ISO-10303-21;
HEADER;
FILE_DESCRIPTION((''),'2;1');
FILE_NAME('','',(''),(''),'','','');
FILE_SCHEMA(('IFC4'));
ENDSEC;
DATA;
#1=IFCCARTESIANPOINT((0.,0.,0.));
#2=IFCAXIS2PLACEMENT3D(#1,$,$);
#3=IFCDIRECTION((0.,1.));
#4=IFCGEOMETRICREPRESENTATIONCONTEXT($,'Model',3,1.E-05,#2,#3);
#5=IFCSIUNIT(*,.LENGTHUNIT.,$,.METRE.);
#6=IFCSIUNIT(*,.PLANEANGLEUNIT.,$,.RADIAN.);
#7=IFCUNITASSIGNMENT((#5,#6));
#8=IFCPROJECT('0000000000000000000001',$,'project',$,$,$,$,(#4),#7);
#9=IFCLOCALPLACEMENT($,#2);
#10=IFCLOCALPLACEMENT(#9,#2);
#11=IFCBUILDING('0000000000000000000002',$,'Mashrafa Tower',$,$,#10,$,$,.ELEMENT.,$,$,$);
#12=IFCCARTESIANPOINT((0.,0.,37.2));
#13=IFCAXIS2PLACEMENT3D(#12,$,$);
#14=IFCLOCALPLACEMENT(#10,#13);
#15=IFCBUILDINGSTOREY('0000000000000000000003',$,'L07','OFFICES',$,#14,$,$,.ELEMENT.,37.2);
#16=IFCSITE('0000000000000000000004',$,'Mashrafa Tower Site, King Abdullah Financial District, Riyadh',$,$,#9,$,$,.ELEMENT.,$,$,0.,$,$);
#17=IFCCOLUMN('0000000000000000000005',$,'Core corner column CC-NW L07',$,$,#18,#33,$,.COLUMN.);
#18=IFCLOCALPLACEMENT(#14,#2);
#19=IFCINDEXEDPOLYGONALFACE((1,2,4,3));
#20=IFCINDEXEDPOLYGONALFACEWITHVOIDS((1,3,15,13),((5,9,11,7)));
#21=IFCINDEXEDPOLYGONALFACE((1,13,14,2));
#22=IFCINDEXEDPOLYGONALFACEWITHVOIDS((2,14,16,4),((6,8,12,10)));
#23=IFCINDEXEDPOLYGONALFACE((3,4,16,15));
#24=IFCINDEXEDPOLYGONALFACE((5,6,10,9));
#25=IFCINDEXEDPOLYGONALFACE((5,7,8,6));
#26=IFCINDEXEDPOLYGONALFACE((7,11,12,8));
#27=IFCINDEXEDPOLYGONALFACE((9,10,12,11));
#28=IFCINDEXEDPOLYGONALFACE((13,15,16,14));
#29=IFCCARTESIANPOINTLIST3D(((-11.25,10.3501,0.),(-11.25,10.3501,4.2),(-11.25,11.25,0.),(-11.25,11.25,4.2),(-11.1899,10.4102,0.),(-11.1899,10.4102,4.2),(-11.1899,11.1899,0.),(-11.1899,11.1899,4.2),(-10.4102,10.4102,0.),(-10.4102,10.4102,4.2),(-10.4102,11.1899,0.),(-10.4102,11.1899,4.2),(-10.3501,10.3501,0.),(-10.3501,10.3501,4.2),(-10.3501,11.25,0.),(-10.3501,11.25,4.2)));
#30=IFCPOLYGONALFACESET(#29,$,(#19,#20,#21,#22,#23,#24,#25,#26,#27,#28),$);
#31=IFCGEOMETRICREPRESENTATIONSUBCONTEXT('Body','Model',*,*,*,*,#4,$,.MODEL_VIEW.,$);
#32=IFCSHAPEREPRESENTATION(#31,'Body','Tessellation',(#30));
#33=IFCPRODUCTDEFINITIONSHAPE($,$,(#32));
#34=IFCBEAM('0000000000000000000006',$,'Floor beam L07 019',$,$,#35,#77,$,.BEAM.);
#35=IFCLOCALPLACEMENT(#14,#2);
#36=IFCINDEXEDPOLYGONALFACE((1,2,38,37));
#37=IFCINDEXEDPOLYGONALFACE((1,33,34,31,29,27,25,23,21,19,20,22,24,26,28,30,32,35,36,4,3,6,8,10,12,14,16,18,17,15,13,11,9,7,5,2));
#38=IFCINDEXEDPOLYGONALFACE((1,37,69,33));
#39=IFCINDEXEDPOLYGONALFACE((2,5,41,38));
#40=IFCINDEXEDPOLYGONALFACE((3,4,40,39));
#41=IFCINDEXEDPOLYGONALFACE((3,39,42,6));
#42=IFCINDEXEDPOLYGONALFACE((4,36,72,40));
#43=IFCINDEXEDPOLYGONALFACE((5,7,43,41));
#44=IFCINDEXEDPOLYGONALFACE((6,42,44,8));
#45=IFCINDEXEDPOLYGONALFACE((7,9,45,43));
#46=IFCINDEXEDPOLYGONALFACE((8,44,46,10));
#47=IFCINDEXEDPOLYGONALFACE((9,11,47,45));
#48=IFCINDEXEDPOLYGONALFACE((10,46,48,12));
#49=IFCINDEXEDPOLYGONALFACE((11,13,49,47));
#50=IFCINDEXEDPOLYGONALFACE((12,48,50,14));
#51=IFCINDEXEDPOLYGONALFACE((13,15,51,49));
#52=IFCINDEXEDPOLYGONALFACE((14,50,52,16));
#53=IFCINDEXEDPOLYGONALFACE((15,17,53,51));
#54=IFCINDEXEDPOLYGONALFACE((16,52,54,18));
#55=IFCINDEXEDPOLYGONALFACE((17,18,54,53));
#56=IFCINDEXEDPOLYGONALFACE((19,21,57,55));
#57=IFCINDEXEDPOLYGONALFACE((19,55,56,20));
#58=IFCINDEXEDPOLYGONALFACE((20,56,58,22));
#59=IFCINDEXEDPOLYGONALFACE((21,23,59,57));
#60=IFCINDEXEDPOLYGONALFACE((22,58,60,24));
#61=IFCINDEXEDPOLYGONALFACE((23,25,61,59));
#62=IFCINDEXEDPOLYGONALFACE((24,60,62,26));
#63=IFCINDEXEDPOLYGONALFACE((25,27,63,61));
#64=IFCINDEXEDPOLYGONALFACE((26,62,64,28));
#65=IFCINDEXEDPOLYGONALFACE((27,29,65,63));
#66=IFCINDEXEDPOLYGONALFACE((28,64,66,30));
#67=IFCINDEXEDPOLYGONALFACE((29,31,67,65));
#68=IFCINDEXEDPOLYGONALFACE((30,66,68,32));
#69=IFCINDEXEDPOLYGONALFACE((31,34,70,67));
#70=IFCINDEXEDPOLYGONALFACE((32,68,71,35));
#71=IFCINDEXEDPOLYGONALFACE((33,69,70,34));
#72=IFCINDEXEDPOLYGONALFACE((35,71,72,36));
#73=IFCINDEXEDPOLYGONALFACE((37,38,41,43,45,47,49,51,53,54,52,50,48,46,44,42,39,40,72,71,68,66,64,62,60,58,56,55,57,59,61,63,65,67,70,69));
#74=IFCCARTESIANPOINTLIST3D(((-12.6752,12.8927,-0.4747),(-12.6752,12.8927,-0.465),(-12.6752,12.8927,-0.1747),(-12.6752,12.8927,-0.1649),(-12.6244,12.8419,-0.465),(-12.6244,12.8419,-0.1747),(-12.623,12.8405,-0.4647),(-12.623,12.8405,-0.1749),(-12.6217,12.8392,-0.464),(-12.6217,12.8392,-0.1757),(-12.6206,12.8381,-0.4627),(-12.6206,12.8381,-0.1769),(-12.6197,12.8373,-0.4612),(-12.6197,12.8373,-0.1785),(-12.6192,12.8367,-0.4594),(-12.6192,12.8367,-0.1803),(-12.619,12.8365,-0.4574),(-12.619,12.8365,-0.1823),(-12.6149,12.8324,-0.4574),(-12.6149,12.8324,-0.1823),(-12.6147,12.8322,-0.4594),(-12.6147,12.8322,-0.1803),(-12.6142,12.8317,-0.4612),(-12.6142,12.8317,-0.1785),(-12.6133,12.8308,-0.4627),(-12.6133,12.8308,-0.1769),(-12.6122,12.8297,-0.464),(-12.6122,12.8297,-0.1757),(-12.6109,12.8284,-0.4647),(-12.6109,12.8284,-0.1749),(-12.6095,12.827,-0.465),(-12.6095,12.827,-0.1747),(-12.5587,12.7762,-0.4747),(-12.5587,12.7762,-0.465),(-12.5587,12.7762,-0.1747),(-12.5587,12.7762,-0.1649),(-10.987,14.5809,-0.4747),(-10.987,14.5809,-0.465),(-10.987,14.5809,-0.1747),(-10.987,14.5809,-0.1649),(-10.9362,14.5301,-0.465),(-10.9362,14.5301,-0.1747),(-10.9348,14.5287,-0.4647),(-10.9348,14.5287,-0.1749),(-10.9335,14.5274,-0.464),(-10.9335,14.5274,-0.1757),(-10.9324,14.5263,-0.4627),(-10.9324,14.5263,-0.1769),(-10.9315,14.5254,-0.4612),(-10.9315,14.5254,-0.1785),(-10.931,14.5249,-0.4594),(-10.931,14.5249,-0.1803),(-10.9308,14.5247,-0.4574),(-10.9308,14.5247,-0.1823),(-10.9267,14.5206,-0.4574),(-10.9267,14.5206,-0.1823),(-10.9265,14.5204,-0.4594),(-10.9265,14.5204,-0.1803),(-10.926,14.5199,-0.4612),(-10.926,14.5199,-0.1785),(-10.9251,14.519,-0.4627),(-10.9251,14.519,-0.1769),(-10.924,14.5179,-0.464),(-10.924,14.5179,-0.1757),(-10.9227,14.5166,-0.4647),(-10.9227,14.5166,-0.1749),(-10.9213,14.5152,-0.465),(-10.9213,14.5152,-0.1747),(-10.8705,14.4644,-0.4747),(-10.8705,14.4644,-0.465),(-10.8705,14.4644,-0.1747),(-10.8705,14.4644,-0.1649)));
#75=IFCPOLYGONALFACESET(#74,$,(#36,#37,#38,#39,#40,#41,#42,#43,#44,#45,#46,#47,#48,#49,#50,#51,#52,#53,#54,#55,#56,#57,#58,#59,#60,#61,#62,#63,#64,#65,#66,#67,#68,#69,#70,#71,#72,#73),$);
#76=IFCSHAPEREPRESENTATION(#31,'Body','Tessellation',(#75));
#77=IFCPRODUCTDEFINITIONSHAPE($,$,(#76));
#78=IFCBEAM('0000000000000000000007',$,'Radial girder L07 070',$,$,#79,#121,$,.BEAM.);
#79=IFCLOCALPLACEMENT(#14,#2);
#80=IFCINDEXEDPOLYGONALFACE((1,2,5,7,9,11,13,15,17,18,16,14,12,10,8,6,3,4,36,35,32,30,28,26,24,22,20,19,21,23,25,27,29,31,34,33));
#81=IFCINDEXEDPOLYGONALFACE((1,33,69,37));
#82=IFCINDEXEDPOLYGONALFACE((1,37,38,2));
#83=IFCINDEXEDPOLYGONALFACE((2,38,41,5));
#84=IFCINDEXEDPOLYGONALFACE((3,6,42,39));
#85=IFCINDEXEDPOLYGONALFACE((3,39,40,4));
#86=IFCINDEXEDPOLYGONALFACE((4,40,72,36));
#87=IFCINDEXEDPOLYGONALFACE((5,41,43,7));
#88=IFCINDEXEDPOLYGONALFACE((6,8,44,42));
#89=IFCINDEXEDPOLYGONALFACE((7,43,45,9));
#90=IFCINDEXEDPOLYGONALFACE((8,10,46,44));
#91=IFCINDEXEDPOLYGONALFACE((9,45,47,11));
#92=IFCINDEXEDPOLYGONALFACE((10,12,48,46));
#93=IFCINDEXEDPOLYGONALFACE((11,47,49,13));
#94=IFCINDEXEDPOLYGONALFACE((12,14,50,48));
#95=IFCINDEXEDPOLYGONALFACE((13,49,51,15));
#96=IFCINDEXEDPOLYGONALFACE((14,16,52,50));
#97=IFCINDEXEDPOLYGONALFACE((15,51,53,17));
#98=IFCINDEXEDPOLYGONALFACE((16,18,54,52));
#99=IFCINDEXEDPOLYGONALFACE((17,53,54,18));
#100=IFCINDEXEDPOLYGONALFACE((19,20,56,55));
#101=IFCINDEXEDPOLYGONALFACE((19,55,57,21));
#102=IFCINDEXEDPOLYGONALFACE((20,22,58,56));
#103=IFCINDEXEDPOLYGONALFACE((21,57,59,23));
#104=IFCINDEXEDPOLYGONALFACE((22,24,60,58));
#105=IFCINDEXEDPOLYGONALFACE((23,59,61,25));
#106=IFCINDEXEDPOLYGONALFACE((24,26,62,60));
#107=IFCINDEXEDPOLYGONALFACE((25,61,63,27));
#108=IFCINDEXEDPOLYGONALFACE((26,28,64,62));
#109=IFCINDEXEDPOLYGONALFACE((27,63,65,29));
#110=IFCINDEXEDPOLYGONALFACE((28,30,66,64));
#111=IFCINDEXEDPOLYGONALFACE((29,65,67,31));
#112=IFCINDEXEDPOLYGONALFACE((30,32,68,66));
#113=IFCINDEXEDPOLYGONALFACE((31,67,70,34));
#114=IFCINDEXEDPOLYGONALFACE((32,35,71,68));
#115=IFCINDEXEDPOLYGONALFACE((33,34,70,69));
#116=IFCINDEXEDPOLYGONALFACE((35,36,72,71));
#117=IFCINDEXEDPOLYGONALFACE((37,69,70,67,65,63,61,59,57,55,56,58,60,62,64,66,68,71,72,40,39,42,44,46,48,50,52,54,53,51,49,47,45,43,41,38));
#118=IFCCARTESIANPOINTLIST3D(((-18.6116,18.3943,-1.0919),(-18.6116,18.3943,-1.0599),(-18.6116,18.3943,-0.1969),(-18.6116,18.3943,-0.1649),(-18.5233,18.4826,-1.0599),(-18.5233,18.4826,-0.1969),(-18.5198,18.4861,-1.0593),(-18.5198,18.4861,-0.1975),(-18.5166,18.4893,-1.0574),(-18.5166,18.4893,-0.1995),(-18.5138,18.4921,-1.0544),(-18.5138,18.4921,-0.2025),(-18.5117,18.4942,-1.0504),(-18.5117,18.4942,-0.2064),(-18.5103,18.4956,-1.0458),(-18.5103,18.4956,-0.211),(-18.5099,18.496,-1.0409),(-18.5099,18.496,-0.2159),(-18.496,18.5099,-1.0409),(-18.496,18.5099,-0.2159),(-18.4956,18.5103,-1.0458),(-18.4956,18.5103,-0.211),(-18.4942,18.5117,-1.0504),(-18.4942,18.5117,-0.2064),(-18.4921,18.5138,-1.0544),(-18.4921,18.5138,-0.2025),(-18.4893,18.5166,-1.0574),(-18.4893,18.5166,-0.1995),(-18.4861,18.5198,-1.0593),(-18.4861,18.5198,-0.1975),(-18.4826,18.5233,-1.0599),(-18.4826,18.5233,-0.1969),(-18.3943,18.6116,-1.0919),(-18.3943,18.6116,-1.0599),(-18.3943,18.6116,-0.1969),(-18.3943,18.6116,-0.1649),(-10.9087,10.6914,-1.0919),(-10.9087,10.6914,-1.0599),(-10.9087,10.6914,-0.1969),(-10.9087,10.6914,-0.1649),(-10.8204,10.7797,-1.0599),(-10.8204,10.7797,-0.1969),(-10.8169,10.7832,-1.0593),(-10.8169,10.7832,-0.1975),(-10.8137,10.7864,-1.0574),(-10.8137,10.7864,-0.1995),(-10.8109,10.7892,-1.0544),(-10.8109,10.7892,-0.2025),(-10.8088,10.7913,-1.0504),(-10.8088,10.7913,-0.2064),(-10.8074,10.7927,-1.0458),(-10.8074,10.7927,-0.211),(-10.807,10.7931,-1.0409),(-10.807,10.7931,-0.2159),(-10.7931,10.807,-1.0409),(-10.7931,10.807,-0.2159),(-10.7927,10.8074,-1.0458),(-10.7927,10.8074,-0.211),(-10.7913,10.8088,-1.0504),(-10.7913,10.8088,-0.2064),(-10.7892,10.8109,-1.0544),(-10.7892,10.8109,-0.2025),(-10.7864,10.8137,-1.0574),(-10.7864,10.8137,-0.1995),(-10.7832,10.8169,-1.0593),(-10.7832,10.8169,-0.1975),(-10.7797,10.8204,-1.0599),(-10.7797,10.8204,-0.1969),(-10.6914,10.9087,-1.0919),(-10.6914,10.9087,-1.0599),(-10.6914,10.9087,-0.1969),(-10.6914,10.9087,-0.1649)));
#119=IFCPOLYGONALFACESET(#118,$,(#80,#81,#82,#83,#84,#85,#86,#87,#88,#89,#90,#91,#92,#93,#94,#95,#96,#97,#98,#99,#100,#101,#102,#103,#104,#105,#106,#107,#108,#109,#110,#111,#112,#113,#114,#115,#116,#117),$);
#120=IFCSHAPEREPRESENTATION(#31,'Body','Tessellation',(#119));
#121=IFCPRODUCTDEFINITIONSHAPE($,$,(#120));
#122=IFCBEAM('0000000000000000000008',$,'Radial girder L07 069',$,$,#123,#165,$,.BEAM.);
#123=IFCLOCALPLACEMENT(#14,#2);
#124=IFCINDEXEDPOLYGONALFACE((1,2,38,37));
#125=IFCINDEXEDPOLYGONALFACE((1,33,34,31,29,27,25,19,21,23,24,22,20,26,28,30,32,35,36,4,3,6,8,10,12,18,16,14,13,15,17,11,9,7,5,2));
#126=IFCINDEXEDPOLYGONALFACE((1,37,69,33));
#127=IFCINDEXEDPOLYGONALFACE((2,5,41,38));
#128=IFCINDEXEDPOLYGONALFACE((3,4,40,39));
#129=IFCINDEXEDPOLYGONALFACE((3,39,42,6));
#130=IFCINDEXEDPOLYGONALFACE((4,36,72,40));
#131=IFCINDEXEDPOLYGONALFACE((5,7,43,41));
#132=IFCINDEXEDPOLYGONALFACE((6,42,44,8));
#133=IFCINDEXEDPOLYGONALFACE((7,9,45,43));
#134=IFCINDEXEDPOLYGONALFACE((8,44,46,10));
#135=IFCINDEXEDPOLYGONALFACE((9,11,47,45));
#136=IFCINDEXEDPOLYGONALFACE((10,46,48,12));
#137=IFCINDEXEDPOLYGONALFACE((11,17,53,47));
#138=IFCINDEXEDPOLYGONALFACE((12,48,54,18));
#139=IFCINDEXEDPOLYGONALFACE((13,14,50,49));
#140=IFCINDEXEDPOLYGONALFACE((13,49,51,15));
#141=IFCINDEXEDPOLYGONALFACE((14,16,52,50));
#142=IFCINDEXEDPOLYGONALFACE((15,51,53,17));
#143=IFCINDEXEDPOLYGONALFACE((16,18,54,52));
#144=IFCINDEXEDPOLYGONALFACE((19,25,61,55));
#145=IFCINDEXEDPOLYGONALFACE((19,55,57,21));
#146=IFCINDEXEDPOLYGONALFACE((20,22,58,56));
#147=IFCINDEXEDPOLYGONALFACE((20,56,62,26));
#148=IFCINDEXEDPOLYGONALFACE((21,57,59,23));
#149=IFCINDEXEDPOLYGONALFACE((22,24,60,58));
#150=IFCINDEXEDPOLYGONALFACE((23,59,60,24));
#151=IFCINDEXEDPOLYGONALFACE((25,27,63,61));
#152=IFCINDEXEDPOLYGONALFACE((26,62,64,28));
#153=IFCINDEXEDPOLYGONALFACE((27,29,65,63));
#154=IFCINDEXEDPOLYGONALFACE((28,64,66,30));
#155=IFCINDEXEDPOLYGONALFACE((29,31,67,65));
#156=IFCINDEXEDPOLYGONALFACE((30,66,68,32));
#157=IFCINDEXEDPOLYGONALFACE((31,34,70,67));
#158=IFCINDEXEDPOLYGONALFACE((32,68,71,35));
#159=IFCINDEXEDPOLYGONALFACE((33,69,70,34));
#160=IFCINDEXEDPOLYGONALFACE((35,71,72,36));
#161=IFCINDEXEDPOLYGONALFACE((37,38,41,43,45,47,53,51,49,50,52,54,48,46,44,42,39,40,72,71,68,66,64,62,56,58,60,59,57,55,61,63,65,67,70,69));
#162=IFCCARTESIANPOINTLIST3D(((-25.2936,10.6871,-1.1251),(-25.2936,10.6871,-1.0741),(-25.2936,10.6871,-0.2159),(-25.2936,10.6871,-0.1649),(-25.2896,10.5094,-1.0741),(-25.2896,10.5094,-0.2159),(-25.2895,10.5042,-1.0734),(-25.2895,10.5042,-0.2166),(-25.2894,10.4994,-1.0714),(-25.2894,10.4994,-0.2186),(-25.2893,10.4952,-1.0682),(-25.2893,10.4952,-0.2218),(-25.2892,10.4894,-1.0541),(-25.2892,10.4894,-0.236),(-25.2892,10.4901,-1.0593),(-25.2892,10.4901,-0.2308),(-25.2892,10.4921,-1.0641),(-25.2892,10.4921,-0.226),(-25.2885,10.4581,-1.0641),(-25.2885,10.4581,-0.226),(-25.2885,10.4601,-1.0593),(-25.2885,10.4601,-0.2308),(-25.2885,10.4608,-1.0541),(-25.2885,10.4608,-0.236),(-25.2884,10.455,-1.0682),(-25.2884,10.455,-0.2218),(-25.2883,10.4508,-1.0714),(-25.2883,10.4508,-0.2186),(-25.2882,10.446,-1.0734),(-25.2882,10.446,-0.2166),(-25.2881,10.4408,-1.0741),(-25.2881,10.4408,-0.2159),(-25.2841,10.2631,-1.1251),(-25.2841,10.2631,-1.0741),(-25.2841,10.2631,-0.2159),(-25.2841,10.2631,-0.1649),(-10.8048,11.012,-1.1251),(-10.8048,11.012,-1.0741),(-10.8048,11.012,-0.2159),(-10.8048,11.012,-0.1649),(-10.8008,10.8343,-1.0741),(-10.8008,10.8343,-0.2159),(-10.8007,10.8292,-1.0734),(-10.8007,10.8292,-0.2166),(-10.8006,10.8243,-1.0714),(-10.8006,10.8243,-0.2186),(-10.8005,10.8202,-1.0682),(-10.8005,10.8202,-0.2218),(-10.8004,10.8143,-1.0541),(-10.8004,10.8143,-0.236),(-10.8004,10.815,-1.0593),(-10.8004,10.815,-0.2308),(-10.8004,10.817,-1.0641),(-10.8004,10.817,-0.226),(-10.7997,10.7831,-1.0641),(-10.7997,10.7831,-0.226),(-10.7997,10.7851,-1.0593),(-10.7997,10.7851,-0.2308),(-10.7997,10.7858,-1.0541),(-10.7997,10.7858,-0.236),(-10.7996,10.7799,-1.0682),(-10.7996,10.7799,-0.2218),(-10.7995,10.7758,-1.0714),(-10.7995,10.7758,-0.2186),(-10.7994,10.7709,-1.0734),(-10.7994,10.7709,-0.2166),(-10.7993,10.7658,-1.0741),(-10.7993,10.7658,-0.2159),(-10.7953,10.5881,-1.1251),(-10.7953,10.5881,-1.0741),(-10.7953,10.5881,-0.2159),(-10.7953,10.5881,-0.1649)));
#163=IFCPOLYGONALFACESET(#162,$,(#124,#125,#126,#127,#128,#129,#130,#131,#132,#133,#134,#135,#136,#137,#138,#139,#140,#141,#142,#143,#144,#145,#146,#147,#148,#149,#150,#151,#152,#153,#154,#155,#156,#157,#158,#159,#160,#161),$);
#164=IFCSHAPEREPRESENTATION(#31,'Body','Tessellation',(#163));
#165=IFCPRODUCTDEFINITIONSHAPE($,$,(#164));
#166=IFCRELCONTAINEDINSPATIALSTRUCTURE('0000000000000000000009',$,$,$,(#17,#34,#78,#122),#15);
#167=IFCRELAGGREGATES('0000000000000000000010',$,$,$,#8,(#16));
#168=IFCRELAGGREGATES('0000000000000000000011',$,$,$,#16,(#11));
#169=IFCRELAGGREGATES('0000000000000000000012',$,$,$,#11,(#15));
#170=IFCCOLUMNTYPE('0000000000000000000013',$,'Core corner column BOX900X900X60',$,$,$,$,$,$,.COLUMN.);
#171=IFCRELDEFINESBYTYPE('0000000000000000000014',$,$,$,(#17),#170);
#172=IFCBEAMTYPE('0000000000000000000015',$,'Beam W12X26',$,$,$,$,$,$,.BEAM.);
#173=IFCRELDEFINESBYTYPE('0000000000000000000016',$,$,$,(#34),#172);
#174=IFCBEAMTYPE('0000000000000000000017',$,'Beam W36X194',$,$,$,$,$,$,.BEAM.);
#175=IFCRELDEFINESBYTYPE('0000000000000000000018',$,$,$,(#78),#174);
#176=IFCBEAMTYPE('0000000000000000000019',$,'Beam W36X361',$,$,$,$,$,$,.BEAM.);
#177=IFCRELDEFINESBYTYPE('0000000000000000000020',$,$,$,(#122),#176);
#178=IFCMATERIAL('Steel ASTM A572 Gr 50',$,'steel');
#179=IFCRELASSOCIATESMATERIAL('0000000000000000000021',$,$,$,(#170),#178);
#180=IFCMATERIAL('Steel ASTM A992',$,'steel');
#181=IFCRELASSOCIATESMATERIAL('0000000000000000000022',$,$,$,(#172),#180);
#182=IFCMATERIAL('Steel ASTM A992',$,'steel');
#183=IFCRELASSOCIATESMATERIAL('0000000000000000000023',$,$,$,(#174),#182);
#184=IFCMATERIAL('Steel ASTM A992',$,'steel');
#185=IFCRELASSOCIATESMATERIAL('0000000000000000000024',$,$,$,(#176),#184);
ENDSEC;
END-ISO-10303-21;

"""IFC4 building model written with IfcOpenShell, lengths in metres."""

from ifc_helpers import new_model, si_unit, direction, frame, origin, origin_2d, place, context, subcontext, project, spatial, hollow_rectangle, i_section, extrude, material, material_profile, profile_set, type_object, element, save


model = new_model("IFC4")

# Units and contexts
model_context = context("Model", 3, precision=1e-05, world=origin(), true_north=direction((0.0, 1.0)))
body_context = subcontext(model_context, "Body", "Model", "MODEL_VIEW")
ifc_project = project(units=[si_unit("LENGTHUNIT", "METRE"), si_unit("PLANEANGLEUNIT", "RADIAN")], contexts=[model_context])

# Site, building, storey
site_placement = place(None, origin())
site = spatial("IfcSite", under=ifc_project, at=site_placement, Name="Mashrafa Tower Site, King Abdullah Financial District, Riyadh", CompositionType="ELEMENT", RefElevation=0.0)
building_placement = place(site_placement, origin())
building = spatial("IfcBuilding", under=site, at=building_placement, Name="Mashrafa Tower", CompositionType="ELEMENT")
storey_placement = place(building_placement, frame((0.0, 0.0, 37.2)))
storey = spatial("IfcBuildingStorey", under=building, at=storey_placement, Name="L07", Description="OFFICES", CompositionType="ELEMENT", Elevation=37.2)

# Column
ifc_material_1 = material(Name="Steel ASTM A572 Gr 50", Category="steel")
ifc_material_profile_1 = material_profile(ifc_material_1, hollow_rectangle(XDim=0.8999, YDim=0.8999, WallThickness=0.0601, at=origin_2d()), Name="BOX900X900X60")
ifc_profile_set_1 = profile_set([ifc_material_profile_1], Name="Steel ASTM A572 Gr 50")
column_type = type_object("IfcColumnType", Name="Core corner column BOX900X900X60", PredefinedType="COLUMN", material=ifc_profile_set_1)
column_placement = place(storey_placement, frame((-10.8, 10.8, 0.0), z_axis=(0.0, 0.0, 1.0), x_axis=(1.0, 0.0, 0.0)))
element("IfcColumn", 1, at=column_placement, inside=storey, type_object=column_type, Name="Core corner column CC-NW L07", PredefinedType="COLUMN", context=body_context, shape_type="SweptSolid", body=[
    extrude(hollow_rectangle(XDim=0.8999, YDim=0.8999, WallThickness=0.0601, at=origin_2d()), origin(), (0.0, 0.0, 1.0), 4.2),
])

# Beams
ifc_material_2 = material(Name="Steel ASTM A992", Category="steel")
ifc_material_profile_2 = material_profile(ifc_material_2, i_section(OverallWidth=0.1648, OverallDepth=0.3098, WebThickness=0.0059, FlangeThickness=0.0098, FilletRadius=0.0076, at=origin_2d()), Name="W12X26")
ifc_profile_set_2 = profile_set([ifc_material_profile_2], Name="Steel ASTM A992")
beam_type_1 = type_object("IfcBeamType", Name="Beam W12X26", PredefinedType="BEAM", material=ifc_profile_set_2)
beam_1_placement = place(storey_placement, frame((-12.6169, 12.8345, -0.3198), z_axis=(0.707107, 0.707107, 0.0), x_axis=(-0.707107, 0.707107, 0.0)))
element("IfcBeam", 2, at=beam_1_placement, inside=storey, type_object=beam_type_1, Name="Floor beam L07 019", PredefinedType="BEAM", context=body_context, shape_type="SweptSolid", body=[
    extrude(i_section(OverallWidth=0.1648, OverallDepth=0.3098, WebThickness=0.0059, FlangeThickness=0.0098, FilletRadius=0.0076, at=origin_2d()), origin(), (0.0, 0.0, 1.0), 2.3875),
])
ifc_material_3 = material(Name="Steel ASTM A992", Category="steel")
ifc_material_profile_3 = material_profile(ifc_material_3, i_section(OverallWidth=0.3074, OverallDepth=0.927, WebThickness=0.0195, FlangeThickness=0.032, FilletRadius=0.019, at=origin_2d()), Name="W36X194")
ifc_profile_set_3 = profile_set([ifc_material_profile_3], Name="Steel ASTM A992")
beam_type_2 = type_object("IfcBeamType", Name="Beam W36X194", PredefinedType="BEAM", material=ifc_profile_set_3)
beam_2_placement = place(storey_placement, frame((-10.8, 10.8, -0.6284), z_axis=(-0.707107, 0.707107, 0.0), x_axis=(-0.707107, -0.707107, 0.0)))
element("IfcBeam", 3, at=beam_2_placement, inside=storey, type_object=beam_type_2, Name="Radial girder L07 070", PredefinedType="BEAM", context=body_context, shape_type="SweptSolid", body=[
    extrude(i_section(OverallWidth=0.3074, OverallDepth=0.927, WebThickness=0.0195, FlangeThickness=0.032, FilletRadius=0.019, at=origin_2d()), origin(), (0.0, 0.0, 1.0), 10.8936),
])
ifc_material_4 = material(Name="Steel ASTM A992", Category="steel")
ifc_material_profile_4 = material_profile(ifc_material_4, i_section(OverallWidth=0.4241, OverallDepth=0.9602, WebThickness=0.0286, FlangeThickness=0.051, FilletRadius=0.02, at=origin_2d()), Name="W36X361")
ifc_profile_set_4 = profile_set([ifc_material_profile_4], Name="Steel ASTM A992")
beam_type_3 = type_object("IfcBeamType", Name="Beam W36X361", PredefinedType="BEAM", material=ifc_profile_set_4)
for number, where, z_axis, x_axis, name in (
    (4, (-10.8, 10.8, -0.645), (-0.999749, -0.022422, 0.0), (0.022422, -0.999749, 0.0), "Radial girder L07 069"),
):
    element("IfcBeam", number, at=place(storey_placement, frame(where, z_axis=z_axis, x_axis=x_axis)), inside=storey, type_object=beam_type_3, Name=name, PredefinedType="BEAM", context=body_context, shape_type="SweptSolid", body=[
        extrude(i_section(OverallWidth=0.4241, OverallDepth=0.9602, WebThickness=0.0286, FlangeThickness=0.051, FilletRadius=0.02, at=origin_2d()), origin(), (0.0, 0.0, 1.0), 14.4924),
    ])

save(model, "model.ifc")
